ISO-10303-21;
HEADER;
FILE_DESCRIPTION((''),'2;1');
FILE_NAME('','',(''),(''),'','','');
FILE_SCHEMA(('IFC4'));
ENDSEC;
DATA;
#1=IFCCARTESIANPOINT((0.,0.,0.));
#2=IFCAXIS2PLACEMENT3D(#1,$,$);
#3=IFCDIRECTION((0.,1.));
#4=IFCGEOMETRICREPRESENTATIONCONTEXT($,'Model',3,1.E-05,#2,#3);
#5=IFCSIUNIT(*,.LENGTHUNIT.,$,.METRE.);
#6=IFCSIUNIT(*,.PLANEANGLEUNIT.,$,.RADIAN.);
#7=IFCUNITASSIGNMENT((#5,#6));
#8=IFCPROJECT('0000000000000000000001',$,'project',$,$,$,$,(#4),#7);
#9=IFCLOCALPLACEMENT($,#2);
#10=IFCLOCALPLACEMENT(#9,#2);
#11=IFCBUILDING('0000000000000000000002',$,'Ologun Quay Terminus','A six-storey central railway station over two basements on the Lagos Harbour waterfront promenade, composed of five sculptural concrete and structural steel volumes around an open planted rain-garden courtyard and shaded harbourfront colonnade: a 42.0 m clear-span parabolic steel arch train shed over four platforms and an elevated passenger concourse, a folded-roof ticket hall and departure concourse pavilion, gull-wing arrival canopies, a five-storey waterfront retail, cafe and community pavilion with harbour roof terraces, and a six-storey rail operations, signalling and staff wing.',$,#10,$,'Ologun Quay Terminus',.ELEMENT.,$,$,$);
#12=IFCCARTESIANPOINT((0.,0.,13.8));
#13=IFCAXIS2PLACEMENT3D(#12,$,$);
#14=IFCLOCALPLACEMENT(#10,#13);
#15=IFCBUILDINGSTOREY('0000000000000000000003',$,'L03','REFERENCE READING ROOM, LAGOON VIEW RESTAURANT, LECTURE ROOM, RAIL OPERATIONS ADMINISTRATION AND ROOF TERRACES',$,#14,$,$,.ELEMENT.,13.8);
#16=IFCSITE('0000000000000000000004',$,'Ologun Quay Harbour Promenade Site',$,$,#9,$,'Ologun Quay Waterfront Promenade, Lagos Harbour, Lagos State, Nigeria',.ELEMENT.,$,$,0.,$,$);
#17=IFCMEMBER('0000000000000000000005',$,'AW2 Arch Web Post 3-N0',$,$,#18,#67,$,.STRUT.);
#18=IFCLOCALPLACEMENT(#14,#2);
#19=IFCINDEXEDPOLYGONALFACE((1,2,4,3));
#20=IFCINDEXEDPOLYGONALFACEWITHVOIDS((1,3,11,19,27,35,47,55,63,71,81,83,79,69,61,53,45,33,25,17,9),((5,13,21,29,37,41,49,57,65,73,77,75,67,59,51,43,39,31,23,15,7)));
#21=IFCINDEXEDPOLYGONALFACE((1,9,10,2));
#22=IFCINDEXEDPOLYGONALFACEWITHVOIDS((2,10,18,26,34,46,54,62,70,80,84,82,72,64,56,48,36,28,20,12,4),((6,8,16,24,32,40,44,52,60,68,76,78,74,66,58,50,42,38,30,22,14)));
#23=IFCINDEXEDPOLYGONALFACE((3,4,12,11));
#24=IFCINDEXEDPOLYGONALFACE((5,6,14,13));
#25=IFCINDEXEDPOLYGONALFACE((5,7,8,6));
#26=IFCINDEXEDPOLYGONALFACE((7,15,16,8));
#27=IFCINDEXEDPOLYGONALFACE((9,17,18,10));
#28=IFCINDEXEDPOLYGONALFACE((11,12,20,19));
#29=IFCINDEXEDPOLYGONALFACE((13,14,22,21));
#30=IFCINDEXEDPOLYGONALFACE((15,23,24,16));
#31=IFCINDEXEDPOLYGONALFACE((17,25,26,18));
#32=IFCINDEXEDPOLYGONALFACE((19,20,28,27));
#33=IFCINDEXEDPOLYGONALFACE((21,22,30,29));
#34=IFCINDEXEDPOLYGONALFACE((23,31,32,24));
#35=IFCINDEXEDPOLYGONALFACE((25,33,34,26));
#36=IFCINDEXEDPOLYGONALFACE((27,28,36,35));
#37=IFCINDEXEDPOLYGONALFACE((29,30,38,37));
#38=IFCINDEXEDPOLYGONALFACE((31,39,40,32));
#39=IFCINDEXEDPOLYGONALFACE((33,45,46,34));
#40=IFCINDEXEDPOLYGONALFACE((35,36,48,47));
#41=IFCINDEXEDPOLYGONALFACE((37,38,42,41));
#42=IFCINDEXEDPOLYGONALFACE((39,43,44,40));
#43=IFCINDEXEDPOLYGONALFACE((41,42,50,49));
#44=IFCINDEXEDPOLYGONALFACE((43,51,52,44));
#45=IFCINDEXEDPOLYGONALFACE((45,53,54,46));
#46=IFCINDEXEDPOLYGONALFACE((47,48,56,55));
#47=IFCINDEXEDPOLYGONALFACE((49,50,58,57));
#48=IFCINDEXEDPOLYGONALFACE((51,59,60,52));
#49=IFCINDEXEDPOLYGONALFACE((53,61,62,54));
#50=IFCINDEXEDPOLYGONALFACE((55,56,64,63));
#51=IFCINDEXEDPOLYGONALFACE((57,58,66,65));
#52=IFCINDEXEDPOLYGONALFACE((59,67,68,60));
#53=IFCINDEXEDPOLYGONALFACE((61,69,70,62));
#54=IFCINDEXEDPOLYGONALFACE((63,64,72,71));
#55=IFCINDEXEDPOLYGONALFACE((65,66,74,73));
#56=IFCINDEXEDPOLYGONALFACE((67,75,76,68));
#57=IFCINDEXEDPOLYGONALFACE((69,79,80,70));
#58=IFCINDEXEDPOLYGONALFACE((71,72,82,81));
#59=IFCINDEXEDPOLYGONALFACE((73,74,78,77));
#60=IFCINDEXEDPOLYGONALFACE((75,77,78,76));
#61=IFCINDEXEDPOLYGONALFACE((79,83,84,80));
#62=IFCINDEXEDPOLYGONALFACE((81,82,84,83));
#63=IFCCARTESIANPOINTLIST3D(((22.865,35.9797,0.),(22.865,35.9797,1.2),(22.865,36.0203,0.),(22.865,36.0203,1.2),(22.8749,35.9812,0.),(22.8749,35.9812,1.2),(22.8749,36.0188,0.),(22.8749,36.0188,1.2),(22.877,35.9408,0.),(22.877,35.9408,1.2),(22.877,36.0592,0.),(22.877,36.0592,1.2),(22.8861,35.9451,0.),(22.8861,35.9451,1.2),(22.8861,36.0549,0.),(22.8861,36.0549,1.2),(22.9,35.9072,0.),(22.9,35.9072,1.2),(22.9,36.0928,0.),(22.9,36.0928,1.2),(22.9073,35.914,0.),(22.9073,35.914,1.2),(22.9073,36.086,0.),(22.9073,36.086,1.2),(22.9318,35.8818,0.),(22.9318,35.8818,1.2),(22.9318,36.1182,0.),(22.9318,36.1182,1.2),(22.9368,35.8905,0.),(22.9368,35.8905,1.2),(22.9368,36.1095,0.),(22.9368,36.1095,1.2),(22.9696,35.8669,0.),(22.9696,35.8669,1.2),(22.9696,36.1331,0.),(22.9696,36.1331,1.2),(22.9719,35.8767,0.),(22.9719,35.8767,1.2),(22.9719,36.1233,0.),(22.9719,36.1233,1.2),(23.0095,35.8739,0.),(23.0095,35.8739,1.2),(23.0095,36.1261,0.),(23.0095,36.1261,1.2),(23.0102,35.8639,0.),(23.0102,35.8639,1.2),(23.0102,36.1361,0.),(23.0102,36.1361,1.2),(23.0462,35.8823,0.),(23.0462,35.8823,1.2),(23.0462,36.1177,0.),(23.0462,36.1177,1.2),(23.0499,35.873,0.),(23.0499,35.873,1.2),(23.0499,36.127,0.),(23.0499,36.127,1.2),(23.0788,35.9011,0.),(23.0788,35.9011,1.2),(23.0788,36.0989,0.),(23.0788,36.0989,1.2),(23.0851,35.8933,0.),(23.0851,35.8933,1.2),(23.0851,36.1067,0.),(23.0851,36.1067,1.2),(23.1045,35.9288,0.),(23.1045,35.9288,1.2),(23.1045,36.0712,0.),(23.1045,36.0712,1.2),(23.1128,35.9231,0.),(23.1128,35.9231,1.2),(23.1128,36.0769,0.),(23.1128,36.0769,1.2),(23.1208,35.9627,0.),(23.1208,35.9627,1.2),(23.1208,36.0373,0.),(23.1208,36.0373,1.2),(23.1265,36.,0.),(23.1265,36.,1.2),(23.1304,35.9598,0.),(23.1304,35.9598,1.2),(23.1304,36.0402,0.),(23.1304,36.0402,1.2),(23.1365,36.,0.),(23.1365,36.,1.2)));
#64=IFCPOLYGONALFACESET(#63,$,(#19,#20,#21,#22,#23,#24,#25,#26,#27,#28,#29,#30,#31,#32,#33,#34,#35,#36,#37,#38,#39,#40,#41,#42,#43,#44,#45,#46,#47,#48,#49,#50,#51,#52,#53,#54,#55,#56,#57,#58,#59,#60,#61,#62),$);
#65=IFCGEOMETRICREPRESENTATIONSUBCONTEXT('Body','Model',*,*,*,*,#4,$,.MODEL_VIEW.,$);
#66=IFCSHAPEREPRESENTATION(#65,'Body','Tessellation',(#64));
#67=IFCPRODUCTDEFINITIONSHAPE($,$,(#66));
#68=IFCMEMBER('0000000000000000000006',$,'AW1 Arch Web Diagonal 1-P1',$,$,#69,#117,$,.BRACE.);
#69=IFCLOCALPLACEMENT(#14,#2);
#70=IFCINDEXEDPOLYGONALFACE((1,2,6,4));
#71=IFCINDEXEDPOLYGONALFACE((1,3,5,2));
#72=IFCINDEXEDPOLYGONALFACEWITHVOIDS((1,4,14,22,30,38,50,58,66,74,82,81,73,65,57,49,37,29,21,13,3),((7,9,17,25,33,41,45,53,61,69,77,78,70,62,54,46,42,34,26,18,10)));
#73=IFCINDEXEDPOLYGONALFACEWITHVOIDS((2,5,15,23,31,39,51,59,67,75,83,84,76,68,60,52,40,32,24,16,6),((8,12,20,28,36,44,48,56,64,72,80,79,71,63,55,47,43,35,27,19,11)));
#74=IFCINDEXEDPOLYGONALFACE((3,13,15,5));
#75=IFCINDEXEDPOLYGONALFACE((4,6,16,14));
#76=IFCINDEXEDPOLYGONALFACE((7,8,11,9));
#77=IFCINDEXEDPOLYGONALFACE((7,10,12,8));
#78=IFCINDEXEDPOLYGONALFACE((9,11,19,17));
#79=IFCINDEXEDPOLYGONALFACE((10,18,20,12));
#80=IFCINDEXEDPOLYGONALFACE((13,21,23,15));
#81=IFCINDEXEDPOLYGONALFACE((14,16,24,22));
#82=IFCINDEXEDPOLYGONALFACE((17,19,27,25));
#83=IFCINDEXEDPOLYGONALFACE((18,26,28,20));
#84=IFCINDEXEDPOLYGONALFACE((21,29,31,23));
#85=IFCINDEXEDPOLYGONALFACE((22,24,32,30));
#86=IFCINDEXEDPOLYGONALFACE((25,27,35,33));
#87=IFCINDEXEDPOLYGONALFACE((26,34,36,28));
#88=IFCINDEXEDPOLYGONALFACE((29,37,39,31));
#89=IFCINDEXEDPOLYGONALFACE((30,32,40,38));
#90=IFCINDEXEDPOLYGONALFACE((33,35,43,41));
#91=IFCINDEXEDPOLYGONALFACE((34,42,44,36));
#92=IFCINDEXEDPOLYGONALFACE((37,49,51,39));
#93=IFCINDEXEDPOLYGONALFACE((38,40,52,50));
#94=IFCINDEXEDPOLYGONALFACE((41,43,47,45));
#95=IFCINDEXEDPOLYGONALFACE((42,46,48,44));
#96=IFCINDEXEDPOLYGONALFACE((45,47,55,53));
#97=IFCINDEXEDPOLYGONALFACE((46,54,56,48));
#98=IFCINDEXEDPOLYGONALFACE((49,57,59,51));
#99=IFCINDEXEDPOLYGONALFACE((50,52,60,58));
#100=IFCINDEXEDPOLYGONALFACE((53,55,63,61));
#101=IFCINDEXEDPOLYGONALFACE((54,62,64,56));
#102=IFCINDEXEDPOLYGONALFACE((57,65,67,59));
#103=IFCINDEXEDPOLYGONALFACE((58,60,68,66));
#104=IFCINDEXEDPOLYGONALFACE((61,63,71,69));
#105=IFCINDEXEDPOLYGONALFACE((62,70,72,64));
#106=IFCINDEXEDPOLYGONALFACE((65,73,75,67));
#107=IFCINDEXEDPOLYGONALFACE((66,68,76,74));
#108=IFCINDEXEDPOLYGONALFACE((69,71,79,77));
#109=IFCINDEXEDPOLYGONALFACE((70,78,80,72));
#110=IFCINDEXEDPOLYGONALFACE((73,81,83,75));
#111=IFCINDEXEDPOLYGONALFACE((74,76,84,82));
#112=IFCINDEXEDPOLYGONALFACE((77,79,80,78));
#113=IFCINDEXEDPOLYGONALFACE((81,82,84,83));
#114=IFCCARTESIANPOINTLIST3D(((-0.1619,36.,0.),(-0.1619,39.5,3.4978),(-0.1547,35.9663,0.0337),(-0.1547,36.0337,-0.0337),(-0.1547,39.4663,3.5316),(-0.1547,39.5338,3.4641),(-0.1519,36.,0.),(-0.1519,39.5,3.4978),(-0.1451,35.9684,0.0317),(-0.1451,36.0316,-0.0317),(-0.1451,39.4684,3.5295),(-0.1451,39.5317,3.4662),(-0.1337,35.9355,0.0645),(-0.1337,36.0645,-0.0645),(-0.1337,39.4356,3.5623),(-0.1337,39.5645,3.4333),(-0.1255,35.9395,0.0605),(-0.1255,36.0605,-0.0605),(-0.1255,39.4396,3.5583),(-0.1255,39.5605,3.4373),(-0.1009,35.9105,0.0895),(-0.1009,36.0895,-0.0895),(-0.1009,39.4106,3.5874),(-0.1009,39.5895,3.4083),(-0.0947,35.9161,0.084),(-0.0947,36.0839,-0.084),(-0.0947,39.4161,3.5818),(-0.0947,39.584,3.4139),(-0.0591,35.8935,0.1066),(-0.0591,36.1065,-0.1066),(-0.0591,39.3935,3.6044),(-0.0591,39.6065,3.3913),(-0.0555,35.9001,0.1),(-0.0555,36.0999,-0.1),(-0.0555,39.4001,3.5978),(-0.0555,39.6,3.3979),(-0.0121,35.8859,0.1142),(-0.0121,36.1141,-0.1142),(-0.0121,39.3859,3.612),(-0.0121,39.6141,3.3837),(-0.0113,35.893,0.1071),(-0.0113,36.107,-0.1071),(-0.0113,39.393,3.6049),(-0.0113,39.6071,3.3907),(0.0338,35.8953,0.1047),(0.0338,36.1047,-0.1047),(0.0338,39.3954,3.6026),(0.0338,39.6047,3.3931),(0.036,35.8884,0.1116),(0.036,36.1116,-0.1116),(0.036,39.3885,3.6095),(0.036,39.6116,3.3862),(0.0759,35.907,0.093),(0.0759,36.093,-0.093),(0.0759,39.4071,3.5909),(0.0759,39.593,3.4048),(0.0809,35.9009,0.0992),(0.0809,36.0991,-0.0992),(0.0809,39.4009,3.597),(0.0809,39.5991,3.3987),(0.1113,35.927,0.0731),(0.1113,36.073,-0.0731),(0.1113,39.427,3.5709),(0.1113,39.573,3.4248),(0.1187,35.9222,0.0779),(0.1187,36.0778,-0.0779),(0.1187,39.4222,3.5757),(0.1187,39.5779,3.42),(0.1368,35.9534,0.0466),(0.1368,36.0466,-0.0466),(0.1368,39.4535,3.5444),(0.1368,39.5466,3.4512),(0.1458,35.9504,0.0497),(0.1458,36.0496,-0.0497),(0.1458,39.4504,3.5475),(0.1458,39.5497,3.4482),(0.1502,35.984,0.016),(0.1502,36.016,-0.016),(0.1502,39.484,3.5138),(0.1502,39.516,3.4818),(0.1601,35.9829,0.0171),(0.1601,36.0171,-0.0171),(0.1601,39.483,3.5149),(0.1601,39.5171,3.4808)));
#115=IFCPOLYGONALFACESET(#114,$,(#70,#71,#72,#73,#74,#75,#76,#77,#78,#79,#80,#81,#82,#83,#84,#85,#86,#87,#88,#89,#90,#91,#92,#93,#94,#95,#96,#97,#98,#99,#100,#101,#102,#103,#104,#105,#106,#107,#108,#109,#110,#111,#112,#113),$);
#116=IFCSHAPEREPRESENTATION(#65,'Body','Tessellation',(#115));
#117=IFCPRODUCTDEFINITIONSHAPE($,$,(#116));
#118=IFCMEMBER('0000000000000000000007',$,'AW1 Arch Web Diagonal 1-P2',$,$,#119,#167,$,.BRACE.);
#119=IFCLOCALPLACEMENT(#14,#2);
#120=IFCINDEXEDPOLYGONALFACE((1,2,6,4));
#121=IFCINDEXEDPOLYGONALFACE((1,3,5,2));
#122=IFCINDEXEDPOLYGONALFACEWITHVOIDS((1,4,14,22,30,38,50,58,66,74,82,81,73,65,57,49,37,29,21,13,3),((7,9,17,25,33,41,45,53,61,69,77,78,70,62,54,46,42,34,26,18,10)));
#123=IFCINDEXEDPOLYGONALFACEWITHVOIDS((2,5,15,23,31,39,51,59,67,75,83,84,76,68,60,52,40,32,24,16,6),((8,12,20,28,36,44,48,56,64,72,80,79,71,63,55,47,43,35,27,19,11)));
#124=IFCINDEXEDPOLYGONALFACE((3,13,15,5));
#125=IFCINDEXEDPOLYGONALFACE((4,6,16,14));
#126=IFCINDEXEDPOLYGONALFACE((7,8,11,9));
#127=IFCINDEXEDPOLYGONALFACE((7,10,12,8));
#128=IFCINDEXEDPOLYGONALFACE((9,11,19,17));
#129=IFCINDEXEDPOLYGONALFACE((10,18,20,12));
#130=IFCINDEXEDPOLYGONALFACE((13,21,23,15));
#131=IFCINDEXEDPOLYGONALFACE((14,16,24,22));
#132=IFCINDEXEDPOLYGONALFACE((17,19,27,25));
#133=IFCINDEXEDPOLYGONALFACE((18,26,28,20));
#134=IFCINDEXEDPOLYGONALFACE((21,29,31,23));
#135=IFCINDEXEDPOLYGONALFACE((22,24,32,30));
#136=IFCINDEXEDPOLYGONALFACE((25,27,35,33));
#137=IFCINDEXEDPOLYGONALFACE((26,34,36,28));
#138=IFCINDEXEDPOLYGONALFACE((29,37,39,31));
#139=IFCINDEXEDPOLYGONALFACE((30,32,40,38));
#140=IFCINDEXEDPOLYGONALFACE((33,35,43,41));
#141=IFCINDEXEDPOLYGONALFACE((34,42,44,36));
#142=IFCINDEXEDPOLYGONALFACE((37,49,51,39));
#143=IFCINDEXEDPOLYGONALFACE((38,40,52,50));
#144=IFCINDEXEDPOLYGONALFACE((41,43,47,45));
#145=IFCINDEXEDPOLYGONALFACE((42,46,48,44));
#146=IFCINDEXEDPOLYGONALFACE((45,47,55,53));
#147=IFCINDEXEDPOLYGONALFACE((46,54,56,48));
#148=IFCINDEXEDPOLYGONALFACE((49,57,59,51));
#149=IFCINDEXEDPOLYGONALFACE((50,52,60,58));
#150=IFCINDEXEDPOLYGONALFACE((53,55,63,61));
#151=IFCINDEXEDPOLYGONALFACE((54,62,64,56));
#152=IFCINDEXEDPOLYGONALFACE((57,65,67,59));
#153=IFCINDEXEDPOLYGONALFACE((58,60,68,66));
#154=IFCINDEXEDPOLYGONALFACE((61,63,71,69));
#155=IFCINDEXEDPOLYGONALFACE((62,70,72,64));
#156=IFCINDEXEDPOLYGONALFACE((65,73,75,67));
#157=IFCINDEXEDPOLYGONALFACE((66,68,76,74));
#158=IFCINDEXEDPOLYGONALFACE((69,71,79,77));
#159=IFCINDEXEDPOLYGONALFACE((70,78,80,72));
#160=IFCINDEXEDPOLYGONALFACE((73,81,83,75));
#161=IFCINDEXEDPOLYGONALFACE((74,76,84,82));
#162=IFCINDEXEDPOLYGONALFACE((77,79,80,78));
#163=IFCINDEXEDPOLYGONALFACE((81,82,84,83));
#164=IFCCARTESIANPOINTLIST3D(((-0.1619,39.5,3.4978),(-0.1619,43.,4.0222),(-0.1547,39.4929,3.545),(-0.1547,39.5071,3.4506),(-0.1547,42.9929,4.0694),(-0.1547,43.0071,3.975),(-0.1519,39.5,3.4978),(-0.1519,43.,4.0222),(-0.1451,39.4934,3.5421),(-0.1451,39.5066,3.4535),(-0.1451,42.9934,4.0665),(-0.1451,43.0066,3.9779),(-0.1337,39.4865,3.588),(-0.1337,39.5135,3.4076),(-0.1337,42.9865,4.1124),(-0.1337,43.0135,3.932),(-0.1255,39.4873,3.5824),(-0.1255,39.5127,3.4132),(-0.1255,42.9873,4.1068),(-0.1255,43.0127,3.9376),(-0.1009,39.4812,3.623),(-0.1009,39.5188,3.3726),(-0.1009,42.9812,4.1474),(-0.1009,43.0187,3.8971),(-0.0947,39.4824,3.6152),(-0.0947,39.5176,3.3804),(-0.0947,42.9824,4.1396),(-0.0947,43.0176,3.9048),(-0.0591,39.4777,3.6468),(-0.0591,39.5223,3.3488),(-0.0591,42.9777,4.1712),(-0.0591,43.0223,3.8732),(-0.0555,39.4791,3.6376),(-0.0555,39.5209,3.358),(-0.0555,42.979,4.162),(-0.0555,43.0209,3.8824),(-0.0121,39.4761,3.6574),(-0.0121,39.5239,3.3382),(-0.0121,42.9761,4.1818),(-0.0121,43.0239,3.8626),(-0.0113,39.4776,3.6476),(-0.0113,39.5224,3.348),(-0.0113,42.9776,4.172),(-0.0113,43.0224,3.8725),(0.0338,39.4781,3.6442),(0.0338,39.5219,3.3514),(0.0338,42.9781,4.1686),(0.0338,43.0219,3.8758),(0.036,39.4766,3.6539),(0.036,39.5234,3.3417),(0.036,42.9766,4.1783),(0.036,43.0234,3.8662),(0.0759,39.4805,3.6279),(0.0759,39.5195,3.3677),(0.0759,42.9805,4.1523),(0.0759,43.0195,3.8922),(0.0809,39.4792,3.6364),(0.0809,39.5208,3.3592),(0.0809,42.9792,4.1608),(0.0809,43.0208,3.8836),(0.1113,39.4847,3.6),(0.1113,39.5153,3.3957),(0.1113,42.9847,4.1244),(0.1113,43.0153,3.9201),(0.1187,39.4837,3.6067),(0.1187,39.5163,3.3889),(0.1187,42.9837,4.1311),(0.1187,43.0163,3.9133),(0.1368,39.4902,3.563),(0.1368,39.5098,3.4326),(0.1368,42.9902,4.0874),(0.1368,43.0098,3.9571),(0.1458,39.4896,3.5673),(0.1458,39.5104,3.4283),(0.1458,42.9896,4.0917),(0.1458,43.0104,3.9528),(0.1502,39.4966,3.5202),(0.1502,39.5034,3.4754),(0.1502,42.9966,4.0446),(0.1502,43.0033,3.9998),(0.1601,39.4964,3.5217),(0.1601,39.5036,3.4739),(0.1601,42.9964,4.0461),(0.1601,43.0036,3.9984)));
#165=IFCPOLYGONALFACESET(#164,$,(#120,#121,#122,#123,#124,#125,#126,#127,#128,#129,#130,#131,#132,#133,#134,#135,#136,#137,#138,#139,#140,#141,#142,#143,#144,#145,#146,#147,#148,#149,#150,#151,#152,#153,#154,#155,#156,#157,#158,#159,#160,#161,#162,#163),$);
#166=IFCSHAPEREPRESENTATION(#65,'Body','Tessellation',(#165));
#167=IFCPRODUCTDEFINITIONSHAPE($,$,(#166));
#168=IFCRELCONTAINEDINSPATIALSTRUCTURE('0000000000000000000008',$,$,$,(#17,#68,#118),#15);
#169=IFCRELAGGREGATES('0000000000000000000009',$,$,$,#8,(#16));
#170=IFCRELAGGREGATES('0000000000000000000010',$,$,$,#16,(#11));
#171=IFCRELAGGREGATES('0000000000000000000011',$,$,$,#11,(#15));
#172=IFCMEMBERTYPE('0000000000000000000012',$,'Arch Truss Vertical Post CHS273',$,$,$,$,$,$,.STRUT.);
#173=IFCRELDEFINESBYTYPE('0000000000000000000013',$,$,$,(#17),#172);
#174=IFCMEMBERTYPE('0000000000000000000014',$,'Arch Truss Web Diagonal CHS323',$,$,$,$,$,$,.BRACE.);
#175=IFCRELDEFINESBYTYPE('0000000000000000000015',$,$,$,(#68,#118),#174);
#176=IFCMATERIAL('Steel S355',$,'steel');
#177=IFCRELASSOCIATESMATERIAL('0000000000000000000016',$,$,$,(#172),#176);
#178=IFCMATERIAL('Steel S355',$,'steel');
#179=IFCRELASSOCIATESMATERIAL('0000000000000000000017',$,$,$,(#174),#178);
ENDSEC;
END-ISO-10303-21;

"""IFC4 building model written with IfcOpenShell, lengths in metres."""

from ifc_helpers import new_model, si_unit, direction, frame, origin, origin_2d, place, context, subcontext, project, spatial, hollow_circle, extrude, material, material_profile, profile_set, type_object, element, save


model = new_model("IFC4")

# Units and contexts
model_context = context("Model", 3, precision=1e-05, world=origin(), true_north=direction((0.0, 1.0)))
body_context = subcontext(model_context, "Body", "Model", "MODEL_VIEW")
ifc_project = project(units=[si_unit("LENGTHUNIT", "METRE"), si_unit("PLANEANGLEUNIT", "RADIAN")], contexts=[model_context])

# Site, building, storey
site_placement = place(None, origin())
site = spatial("IfcSite", under=ifc_project, at=site_placement, Name="Ologun Quay Harbour Promenade Site", LongName="Ologun Quay Waterfront Promenade, Lagos Harbour, Lagos State, Nigeria", CompositionType="ELEMENT", RefElevation=0.0)
building_placement = place(site_placement, origin())
building = spatial("IfcBuilding", under=site, at=building_placement, Name="Ologun Quay Terminus", Description="A six-storey central railway station over two basements on the Lagos Harbour waterfront promenade, composed of five sculptural concrete and structural steel volumes around an open planted rain-garden courtyard and shaded harbourfront colonnade: a 42.0 m clear-span parabolic steel arch train shed over four platforms and an elevated passenger concourse, a folded-roof ticket hall and departure concourse pavilion, gull-wing arrival canopies, a five-storey waterfront retail, cafe and community pavilion with harbour roof terraces, and a six-storey rail operations, signalling and staff wing.", LongName="Ologun Quay Terminus", CompositionType="ELEMENT")
storey_placement = place(building_placement, frame((0.0, 0.0, 13.8)))
storey = spatial("IfcBuildingStorey", under=building, at=storey_placement, Name="L03", Description="REFERENCE READING ROOM, LAGOON VIEW RESTAURANT, LECTURE ROOM, RAIL OPERATIONS ADMINISTRATION AND ROOF TERRACES", CompositionType="ELEMENT", Elevation=13.8)

# Members
ifc_material_1 = material(Name="Steel S355", Category="steel")
ifc_material_profile_1 = material_profile(ifc_material_1, hollow_circle(Radius=0.1365, WallThickness=0.01, at=origin_2d()), Name="CHS 273x10")
ifc_profile_set_1 = profile_set([ifc_material_profile_1], Name="Steel S355")
member_type_1 = type_object("IfcMemberType", Name="Arch Truss Vertical Post CHS273", PredefinedType="STRUT", material=ifc_profile_set_1)
for number, where, z_axis, x_axis, name in (
    (1, (23.0, 36.0, 0.0), (0.0, 0.0, 1.0), (1.0, 0.0, 0.0), "AW2 Arch Web Post 3-N0"),
):
    element("IfcMember", number, at=place(storey_placement, frame(where, z_axis=z_axis, x_axis=x_axis)), inside=storey, type_object=member_type_1, Name=name, PredefinedType="STRUT", context=body_context, shape_type="SweptSolid", body=[
        extrude(hollow_circle(Radius=0.1365, WallThickness=0.01, at=origin_2d()), origin(), (0.0, 0.0, 1.0), 1.2),
    ])
ifc_material_2 = material(Name="Steel S355", Category="steel")
ifc_material_profile_2 = material_profile(ifc_material_2, hollow_circle(Radius=0.1619, WallThickness=0.01, at=origin_2d()), Name="CHS 323.9x10")
ifc_profile_set_2 = profile_set([ifc_material_profile_2], Name="Steel S355")
member_type_2 = type_object("IfcMemberType", Name="Arch Truss Web Diagonal CHS323", PredefinedType="BRACE", material=ifc_profile_set_2)
member_1_placement = place(storey_placement, frame((0.0, 36.0, 0.0), z_axis=(0.0, 0.707329, 0.706885), x_axis=(-1.0, 0.0, 0.0)))
element("IfcMember", 2, at=member_1_placement, inside=storey, type_object=member_type_2, Name="AW1 Arch Web Diagonal 1-P1", PredefinedType="BRACE", context=body_context, shape_type="SweptSolid", body=[
    extrude(hollow_circle(Radius=0.1619, WallThickness=0.01, at=origin_2d()), origin(), (0.0, 0.0, 1.0), 4.9482),
])
member_2_placement = place(storey_placement, frame((0.0, 39.5, 3.4978), z_axis=(0.0, 0.988961, 0.148179), x_axis=(-1.0, 0.0, 0.0)))
element("IfcMember", 3, at=member_2_placement, inside=storey, type_object=member_type_2, Name="AW1 Arch Web Diagonal 1-P2", PredefinedType="BRACE", context=body_context, shape_type="SweptSolid", body=[
    extrude(hollow_circle(Radius=0.1619, WallThickness=0.01, at=origin_2d()), origin(), (0.0, 0.0, 1.0), 3.5391),
])

save(model, "model.ifc")
